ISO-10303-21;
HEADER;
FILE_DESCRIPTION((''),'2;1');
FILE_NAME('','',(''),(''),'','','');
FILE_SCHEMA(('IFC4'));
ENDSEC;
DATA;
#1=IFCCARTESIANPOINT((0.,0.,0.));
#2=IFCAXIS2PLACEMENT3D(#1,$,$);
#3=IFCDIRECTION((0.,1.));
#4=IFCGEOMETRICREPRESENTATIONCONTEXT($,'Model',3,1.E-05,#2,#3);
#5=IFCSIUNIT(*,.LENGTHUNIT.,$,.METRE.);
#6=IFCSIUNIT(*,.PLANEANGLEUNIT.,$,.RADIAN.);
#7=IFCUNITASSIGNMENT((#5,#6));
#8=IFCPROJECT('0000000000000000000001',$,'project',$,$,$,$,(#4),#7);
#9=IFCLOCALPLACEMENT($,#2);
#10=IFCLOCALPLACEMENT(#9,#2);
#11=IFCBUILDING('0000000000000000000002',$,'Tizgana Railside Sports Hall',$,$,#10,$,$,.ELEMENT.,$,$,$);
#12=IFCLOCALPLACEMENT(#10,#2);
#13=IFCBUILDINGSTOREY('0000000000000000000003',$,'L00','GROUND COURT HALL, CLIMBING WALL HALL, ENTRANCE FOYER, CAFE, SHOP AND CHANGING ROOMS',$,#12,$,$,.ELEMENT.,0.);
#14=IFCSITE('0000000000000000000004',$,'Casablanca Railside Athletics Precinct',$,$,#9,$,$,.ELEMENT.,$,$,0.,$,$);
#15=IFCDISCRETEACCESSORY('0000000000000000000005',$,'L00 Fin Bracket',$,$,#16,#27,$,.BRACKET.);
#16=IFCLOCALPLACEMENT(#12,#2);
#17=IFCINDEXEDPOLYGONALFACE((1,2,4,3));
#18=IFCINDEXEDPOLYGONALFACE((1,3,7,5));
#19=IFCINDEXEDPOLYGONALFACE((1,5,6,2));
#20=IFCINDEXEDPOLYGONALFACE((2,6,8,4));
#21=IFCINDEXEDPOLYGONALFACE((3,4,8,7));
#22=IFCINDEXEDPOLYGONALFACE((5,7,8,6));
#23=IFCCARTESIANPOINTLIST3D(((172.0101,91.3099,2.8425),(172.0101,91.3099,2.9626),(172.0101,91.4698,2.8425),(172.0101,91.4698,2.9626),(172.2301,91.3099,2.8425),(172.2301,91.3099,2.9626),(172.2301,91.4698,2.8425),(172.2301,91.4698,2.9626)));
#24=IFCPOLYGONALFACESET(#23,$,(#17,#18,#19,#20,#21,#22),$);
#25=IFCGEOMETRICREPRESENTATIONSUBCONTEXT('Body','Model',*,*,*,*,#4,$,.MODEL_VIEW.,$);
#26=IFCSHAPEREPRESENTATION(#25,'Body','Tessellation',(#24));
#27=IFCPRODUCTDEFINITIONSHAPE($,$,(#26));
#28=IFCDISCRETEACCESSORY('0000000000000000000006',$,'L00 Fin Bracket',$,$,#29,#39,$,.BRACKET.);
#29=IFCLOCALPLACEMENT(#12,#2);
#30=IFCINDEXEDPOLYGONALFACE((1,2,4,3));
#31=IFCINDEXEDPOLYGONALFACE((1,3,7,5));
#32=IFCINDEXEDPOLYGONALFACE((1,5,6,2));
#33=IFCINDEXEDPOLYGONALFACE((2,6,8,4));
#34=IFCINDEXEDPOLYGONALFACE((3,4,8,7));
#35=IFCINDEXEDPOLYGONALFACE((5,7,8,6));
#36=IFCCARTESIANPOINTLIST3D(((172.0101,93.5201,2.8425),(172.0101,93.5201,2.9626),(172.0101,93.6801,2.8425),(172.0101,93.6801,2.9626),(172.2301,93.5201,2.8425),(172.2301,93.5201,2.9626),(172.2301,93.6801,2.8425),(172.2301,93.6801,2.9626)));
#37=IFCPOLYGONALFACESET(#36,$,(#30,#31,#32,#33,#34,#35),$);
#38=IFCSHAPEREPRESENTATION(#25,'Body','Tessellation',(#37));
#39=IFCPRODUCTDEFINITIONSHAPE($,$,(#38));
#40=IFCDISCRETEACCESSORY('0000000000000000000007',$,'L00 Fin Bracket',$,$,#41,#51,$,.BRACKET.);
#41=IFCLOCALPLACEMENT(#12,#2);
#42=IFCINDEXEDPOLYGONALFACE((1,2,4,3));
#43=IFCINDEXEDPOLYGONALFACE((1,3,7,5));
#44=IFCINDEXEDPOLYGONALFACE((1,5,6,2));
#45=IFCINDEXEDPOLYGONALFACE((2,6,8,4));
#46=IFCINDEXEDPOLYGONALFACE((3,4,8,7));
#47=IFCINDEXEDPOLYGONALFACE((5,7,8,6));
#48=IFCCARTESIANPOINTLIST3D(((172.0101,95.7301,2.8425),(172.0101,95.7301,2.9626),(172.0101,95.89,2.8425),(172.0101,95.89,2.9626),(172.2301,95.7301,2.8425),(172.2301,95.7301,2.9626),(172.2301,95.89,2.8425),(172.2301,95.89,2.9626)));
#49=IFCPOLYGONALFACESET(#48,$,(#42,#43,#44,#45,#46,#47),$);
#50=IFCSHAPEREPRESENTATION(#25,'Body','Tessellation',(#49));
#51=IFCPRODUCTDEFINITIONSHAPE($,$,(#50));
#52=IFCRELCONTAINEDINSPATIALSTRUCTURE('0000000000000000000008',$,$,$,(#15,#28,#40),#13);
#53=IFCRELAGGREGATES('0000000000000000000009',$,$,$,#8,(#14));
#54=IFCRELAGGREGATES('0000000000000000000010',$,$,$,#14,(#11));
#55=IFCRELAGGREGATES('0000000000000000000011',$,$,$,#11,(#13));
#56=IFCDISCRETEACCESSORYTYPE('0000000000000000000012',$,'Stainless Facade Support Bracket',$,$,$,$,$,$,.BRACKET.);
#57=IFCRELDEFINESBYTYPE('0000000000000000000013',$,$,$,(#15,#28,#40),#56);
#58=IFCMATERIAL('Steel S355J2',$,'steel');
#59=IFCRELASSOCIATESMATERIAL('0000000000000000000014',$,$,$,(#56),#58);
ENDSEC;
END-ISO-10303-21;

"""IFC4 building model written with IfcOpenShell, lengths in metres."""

from ifc_helpers import new_model, si_unit, direction, frame, origin, origin_2d, place, context, subcontext, project, spatial, rectangle, extrude, material, type_object, element, save


model = new_model("IFC4")

# Units and contexts
model_context = context("Model", 3, precision=1e-05, world=origin(), true_north=direction((0.0, 1.0)))
body_context = subcontext(model_context, "Body", "Model", "MODEL_VIEW")
ifc_project = project(units=[si_unit("LENGTHUNIT", "METRE"), si_unit("PLANEANGLEUNIT", "RADIAN")], contexts=[model_context])

# Site, building, storey
site_placement = place(None, origin())
site = spatial("IfcSite", under=ifc_project, at=site_placement, Name="Casablanca Railside Athletics Precinct", CompositionType="ELEMENT", RefElevation=0.0)
building_placement = place(site_placement, origin())
building = spatial("IfcBuilding", under=site, at=building_placement, Name="Tizgana Railside Sports Hall", CompositionType="ELEMENT")
storey_placement = place(building_placement, origin())
storey = spatial("IfcBuildingStorey", under=building, at=storey_placement, Name="L00", Description="GROUND COURT HALL, CLIMBING WALL HALL, ENTRANCE FOYER, CAFE, SHOP AND CHANGING ROOMS", CompositionType="ELEMENT", Elevation=0.0)

# Shared definitions
ifc_material_1 = material(Name="Steel S355J2", Category="steel")

# Discrete accessories
discrete_accessory_type = type_object("IfcDiscreteAccessoryType", Name="Stainless Facade Support Bracket", PredefinedType="BRACKET", material=ifc_material_1)
for number, where, z_axis, x_axis, name in (
    (1, (172.1201, 91.3899, 2.8425), (0.0, 0.0, 1.0), (0.0, 1.0, 0.0), "L00 Fin Bracket"),
    (2, (172.1201, 93.6001, 2.8425), (0.0, 0.0, 1.0), (0.0, 1.0, 0.0), "L00 Fin Bracket"),
    (3, (172.1201, 95.8101, 2.8425), (0.0, 0.0, 1.0), (0.0, 1.0, 0.0), "L00 Fin Bracket"),
):
    element("IfcDiscreteAccessory", number, at=place(storey_placement, frame(where, z_axis=z_axis, x_axis=x_axis)), inside=storey, type_object=discrete_accessory_type, Name=name, PredefinedType="BRACKET", context=body_context, shape_type="SweptSolid", body=[
        extrude(rectangle(XDim=0.1599, YDim=0.22, at=origin_2d()), origin(), (0.0, 0.0, 1.0), 0.1201),
    ])

save(model, "model.ifc")
